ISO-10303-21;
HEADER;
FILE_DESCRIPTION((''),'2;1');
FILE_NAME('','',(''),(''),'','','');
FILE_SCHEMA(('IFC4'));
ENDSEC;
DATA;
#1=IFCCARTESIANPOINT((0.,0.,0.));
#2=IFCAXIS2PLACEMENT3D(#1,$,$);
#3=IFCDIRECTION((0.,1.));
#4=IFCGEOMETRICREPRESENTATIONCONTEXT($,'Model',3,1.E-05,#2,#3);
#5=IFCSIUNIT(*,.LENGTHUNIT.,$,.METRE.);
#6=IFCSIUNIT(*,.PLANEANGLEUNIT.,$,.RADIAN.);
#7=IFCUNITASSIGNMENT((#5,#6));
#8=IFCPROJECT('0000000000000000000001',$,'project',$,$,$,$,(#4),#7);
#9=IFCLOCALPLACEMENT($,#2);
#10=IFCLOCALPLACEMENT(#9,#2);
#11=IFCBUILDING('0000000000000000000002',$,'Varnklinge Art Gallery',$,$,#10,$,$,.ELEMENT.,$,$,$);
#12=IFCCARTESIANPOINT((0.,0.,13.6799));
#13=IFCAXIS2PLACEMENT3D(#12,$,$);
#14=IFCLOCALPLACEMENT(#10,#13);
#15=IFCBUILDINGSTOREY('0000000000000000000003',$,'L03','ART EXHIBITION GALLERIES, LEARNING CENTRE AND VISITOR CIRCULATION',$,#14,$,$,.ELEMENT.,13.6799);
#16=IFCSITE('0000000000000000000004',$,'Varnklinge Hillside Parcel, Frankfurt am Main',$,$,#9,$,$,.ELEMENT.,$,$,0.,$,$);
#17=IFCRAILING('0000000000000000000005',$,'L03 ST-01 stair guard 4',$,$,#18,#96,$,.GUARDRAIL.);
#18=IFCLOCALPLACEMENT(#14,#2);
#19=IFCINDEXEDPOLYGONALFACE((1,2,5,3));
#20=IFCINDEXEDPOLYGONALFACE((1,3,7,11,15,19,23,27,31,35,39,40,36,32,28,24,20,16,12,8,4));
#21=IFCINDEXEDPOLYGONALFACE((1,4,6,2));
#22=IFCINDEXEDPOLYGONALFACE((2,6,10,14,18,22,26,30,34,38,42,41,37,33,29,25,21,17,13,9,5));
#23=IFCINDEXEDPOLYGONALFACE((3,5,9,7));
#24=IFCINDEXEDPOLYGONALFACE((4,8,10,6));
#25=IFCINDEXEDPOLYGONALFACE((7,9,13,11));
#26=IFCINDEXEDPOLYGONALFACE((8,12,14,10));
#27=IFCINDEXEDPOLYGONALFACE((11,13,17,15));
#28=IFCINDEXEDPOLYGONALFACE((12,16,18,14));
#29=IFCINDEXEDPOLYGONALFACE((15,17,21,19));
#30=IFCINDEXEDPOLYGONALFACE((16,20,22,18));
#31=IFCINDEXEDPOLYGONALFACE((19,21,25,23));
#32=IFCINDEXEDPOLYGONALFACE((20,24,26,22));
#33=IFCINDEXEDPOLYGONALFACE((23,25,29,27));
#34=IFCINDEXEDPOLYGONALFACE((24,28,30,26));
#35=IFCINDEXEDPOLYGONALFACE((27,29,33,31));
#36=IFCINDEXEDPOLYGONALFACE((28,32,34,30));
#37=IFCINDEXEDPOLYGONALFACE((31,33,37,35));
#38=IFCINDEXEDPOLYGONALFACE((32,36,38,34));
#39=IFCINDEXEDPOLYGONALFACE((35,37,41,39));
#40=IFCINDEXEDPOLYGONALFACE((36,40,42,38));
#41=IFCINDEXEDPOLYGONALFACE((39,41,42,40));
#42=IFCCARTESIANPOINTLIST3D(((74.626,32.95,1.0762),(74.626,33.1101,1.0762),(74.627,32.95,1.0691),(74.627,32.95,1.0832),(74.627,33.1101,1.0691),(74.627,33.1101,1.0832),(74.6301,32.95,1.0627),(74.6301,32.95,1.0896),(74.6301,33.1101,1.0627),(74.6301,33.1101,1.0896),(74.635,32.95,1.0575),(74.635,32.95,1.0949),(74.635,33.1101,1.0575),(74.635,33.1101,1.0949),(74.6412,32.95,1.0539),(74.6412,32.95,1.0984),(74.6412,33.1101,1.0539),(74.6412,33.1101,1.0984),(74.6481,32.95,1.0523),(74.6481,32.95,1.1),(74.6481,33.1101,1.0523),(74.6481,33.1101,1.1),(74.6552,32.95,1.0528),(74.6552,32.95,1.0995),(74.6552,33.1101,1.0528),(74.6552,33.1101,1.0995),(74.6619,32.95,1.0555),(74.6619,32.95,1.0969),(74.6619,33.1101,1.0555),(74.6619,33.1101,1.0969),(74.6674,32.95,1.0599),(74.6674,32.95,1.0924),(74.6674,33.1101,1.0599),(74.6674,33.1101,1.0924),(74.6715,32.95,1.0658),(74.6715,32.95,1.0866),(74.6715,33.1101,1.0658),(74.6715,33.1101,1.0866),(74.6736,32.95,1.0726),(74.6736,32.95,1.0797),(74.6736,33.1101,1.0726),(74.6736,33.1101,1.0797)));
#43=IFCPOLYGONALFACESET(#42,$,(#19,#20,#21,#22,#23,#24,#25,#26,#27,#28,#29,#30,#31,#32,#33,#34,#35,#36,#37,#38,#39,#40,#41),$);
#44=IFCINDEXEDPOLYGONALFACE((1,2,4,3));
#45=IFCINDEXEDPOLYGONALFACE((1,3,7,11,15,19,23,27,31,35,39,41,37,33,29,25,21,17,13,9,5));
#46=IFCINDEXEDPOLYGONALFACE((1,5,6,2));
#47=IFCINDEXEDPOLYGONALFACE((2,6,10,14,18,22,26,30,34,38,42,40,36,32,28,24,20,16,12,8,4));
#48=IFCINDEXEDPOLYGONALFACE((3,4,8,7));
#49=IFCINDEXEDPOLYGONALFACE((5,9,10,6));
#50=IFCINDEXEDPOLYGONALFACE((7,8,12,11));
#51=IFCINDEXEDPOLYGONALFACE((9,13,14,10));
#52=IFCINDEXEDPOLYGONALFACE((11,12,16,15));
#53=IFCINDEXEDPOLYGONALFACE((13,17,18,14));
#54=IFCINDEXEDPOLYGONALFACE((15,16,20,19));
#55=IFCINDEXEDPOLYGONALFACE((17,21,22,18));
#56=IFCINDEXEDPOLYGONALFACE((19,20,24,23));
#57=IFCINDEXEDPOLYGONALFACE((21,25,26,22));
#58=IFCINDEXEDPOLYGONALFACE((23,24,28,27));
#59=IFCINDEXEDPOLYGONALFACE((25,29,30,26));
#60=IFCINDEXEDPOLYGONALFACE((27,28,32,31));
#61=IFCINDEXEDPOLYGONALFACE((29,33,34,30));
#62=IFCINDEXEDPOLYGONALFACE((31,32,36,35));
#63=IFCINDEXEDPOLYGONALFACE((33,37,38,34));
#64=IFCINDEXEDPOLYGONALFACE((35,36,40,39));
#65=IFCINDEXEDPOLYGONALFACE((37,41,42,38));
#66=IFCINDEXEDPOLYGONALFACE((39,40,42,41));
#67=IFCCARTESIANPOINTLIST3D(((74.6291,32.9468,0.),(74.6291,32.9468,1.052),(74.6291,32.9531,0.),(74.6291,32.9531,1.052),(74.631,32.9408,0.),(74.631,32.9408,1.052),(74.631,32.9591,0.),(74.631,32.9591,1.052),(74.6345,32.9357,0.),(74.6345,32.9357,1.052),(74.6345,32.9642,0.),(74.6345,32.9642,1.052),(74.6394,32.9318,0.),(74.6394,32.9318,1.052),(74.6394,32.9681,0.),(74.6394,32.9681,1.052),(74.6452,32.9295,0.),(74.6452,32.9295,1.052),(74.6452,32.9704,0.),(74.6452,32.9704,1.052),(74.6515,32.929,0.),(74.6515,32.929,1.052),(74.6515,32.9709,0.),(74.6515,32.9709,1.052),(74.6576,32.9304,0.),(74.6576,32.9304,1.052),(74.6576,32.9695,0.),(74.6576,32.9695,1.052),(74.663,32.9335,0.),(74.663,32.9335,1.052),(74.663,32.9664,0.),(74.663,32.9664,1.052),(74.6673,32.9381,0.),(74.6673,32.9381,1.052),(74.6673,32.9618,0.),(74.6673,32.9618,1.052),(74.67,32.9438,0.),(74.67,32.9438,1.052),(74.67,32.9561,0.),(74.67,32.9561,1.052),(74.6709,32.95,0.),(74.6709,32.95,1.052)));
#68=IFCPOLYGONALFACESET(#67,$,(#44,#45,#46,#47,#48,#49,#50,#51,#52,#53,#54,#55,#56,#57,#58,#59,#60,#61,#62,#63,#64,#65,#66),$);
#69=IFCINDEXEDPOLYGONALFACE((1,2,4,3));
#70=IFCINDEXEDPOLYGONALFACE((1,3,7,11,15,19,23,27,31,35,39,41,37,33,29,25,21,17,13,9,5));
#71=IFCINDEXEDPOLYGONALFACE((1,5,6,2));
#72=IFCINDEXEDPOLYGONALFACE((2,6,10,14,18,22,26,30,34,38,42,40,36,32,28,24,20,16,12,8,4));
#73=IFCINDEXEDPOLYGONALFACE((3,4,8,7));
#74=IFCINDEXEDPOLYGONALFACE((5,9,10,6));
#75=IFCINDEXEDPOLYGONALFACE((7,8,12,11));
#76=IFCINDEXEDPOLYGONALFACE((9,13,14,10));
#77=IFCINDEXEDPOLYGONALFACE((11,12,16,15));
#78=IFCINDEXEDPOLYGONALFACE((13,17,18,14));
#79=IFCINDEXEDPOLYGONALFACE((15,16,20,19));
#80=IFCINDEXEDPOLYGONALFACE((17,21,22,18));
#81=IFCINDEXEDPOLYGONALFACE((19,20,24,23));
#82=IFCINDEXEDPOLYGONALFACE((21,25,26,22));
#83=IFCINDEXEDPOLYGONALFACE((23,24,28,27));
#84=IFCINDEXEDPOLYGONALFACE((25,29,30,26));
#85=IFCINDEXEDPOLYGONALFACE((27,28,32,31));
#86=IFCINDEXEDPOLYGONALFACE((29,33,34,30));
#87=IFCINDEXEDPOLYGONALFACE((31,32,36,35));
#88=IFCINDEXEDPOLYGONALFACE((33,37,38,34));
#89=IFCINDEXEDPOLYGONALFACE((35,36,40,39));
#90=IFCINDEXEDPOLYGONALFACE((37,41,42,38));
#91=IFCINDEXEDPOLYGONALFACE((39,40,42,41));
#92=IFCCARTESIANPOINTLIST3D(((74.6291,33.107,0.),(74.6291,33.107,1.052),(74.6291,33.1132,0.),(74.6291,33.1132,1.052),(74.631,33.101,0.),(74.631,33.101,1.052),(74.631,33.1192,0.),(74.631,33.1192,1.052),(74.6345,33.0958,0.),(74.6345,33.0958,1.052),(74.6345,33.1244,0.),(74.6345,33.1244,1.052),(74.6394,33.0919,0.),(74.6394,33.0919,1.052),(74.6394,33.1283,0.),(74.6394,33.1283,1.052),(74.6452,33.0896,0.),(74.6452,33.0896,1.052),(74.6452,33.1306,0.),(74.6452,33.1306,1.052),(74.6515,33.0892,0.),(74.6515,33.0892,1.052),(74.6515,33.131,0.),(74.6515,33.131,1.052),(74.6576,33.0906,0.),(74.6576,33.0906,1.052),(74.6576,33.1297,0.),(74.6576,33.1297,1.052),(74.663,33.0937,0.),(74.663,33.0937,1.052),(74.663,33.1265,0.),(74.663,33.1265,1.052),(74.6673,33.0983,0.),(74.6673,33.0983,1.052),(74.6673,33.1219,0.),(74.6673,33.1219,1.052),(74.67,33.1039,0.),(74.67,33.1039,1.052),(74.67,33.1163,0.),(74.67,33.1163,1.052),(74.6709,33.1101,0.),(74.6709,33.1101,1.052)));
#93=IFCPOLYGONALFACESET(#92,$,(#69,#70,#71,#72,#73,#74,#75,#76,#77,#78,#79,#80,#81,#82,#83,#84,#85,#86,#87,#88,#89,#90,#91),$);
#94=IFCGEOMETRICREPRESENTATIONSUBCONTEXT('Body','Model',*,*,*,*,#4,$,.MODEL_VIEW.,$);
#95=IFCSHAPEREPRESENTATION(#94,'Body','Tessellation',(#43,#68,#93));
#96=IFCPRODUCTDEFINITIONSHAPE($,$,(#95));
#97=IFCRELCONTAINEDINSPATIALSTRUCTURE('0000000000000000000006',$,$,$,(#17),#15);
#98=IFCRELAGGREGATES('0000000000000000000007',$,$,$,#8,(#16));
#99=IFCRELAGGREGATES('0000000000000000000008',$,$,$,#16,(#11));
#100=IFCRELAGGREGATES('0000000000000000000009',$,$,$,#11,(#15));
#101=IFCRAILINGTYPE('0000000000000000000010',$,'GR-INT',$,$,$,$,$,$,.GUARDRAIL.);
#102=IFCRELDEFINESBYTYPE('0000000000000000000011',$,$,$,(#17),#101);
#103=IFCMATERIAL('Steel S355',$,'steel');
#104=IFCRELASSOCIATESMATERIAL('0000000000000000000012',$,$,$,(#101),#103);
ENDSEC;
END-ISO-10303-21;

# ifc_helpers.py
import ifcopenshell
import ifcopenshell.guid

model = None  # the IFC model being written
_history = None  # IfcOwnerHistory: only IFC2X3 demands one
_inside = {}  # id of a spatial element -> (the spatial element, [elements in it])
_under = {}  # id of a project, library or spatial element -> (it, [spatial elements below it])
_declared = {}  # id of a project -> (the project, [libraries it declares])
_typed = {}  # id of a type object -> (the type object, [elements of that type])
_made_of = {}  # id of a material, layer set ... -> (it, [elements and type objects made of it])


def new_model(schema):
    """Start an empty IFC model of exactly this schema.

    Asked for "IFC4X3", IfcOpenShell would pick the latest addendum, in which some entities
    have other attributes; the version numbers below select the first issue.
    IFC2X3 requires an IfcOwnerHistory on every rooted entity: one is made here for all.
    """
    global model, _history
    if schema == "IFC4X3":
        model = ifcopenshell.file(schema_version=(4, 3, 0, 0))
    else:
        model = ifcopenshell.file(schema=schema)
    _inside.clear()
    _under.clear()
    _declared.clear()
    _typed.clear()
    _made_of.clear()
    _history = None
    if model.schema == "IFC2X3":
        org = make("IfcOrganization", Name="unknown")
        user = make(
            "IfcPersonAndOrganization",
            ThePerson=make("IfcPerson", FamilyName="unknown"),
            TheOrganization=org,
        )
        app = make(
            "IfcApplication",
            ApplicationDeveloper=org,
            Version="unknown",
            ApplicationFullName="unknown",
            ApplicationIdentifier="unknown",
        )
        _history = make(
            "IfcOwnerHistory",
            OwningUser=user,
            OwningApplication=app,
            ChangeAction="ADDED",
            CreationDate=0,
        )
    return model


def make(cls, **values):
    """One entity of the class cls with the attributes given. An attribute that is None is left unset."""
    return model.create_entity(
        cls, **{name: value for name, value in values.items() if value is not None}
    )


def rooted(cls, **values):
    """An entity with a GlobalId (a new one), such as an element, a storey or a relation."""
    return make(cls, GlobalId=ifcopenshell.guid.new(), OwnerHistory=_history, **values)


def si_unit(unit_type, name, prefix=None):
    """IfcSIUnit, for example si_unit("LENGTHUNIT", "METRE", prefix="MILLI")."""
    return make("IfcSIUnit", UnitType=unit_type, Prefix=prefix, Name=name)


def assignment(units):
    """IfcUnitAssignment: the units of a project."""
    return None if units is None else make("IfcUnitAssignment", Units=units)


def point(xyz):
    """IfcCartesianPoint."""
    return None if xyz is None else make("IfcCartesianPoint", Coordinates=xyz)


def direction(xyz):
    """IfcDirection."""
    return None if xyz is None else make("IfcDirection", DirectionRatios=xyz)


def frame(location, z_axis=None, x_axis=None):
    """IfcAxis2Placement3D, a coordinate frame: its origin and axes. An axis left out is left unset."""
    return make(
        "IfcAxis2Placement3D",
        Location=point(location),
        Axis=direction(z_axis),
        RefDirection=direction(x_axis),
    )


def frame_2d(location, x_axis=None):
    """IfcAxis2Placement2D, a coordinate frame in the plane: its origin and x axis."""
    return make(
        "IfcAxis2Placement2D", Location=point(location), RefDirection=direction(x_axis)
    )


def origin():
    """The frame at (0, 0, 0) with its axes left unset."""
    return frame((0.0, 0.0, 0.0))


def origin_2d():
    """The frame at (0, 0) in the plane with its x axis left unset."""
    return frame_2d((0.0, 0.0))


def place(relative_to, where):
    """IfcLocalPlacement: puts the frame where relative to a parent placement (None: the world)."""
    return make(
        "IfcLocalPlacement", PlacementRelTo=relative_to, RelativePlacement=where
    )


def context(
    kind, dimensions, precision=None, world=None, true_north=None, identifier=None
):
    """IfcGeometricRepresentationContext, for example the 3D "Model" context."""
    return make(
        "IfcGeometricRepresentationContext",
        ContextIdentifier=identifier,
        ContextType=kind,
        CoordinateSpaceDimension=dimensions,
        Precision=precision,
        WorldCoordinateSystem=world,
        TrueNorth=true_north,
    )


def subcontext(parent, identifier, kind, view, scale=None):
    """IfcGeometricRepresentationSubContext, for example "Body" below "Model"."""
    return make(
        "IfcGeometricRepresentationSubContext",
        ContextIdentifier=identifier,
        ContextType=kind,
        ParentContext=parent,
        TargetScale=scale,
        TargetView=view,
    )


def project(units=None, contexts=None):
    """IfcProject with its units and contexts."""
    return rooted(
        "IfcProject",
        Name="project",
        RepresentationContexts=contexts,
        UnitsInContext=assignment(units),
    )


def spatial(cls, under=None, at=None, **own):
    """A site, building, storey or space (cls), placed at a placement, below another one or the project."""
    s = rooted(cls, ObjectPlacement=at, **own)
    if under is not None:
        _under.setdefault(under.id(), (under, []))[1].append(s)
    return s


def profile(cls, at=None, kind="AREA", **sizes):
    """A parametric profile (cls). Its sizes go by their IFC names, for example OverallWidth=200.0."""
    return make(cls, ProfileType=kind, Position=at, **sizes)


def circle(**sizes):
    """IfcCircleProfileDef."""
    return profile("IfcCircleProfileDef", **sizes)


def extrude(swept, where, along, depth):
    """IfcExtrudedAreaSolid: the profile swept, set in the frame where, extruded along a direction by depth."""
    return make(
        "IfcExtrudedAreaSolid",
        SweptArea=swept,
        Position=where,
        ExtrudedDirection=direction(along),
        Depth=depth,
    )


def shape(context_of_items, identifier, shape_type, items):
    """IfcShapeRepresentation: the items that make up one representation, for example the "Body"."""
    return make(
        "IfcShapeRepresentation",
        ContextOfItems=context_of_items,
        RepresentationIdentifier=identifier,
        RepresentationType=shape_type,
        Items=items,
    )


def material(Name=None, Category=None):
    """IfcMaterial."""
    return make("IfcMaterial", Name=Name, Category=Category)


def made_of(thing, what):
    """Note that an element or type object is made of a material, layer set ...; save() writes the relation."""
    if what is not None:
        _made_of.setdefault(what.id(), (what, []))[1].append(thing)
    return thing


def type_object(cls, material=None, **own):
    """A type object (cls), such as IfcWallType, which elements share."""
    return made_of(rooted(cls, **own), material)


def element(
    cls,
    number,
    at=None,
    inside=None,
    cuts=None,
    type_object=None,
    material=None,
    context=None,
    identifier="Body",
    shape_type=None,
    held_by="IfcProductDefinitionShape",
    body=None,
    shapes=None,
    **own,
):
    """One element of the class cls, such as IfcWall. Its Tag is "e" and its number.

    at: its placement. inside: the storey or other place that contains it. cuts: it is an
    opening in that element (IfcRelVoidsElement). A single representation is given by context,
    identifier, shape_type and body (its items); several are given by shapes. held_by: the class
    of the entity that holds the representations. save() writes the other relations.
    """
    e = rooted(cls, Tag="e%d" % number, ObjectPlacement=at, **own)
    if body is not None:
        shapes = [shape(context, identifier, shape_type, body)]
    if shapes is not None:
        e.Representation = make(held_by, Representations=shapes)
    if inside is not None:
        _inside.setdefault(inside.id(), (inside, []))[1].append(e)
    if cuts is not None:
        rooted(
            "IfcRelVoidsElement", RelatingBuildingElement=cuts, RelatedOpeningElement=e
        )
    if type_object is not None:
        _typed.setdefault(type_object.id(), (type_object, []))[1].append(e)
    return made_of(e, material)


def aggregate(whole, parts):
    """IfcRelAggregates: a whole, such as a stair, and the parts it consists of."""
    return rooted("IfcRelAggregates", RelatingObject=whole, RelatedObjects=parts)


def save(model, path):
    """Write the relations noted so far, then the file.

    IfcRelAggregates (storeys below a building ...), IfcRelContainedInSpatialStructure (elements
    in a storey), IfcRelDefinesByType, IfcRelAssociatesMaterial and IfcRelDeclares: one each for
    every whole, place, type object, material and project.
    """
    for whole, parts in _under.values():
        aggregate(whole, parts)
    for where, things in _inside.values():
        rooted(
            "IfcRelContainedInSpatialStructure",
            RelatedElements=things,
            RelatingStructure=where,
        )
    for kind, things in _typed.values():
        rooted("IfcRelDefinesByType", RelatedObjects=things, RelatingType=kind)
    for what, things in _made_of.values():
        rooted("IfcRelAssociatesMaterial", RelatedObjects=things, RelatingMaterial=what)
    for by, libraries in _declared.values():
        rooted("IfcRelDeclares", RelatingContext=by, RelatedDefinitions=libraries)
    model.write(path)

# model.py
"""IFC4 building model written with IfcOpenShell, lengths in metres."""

from ifc_helpers import new_model, si_unit, direction, frame, origin, origin_2d, place, context, subcontext, project, spatial, circle, extrude, material, type_object, element, save


model = new_model("IFC4")

# Units and contexts
model_context = context("Model", 3, precision=1e-05, world=origin(), true_north=direction((0.0, 1.0)))
body_context = subcontext(model_context, "Body", "Model", "MODEL_VIEW")
ifc_project = project(units=[si_unit("LENGTHUNIT", "METRE"), si_unit("PLANEANGLEUNIT", "RADIAN")], contexts=[model_context])

# Site, building, storey
site_placement = place(None, origin())
site = spatial("IfcSite", under=ifc_project, at=site_placement, Name="Varnklinge Hillside Parcel, Frankfurt am Main", CompositionType="ELEMENT", RefElevation=0.0)
building_placement = place(site_placement, origin())
building = spatial("IfcBuilding", under=site, at=building_placement, Name="Varnklinge Art Gallery", CompositionType="ELEMENT")
storey_placement = place(building_placement, frame((0.0, 0.0, 13.6799)))
storey = spatial("IfcBuildingStorey", under=building, at=storey_placement, Name="L03", Description="ART EXHIBITION GALLERIES, LEARNING CENTRE AND VISITOR CIRCULATION", CompositionType="ELEMENT", Elevation=13.6799)

# Railing
ifc_material_1 = material(Name="Steel S355", Category="steel")
railing_type_1 = type_object("IfcRailingType", Name="GR-INT", PredefinedType="GUARDRAIL", material=ifc_material_1)
railing_1_placement = place(storey_placement, frame((74.6499, 32.95, 0.0)))
element("IfcRailing", 1, at=railing_1_placement, inside=storey, type_object=railing_type_1, Name="L03 ST-01 stair guard 4", PredefinedType="GUARDRAIL", context=body_context, shape_type="SweptSolid", body=[
    extrude(circle(Radius=0.0239, at=origin_2d()), frame((0.0, 0.0, 1.0762), z_axis=(0.0, 1.0, 0.0), x_axis=(-1.0, 0.0, 0.0)), (0.0, 0.0, 1.0), 0.1602),
    extrude(circle(Radius=0.021, at=origin_2d()), origin(), (0.0, 0.0, 1.0), 1.052),
    extrude(circle(Radius=0.021, at=origin_2d()), frame((0.0, 0.1602, 0.0)), (0.0, 0.0, 1.0), 1.052),
])

save(model, "model.ifc")
